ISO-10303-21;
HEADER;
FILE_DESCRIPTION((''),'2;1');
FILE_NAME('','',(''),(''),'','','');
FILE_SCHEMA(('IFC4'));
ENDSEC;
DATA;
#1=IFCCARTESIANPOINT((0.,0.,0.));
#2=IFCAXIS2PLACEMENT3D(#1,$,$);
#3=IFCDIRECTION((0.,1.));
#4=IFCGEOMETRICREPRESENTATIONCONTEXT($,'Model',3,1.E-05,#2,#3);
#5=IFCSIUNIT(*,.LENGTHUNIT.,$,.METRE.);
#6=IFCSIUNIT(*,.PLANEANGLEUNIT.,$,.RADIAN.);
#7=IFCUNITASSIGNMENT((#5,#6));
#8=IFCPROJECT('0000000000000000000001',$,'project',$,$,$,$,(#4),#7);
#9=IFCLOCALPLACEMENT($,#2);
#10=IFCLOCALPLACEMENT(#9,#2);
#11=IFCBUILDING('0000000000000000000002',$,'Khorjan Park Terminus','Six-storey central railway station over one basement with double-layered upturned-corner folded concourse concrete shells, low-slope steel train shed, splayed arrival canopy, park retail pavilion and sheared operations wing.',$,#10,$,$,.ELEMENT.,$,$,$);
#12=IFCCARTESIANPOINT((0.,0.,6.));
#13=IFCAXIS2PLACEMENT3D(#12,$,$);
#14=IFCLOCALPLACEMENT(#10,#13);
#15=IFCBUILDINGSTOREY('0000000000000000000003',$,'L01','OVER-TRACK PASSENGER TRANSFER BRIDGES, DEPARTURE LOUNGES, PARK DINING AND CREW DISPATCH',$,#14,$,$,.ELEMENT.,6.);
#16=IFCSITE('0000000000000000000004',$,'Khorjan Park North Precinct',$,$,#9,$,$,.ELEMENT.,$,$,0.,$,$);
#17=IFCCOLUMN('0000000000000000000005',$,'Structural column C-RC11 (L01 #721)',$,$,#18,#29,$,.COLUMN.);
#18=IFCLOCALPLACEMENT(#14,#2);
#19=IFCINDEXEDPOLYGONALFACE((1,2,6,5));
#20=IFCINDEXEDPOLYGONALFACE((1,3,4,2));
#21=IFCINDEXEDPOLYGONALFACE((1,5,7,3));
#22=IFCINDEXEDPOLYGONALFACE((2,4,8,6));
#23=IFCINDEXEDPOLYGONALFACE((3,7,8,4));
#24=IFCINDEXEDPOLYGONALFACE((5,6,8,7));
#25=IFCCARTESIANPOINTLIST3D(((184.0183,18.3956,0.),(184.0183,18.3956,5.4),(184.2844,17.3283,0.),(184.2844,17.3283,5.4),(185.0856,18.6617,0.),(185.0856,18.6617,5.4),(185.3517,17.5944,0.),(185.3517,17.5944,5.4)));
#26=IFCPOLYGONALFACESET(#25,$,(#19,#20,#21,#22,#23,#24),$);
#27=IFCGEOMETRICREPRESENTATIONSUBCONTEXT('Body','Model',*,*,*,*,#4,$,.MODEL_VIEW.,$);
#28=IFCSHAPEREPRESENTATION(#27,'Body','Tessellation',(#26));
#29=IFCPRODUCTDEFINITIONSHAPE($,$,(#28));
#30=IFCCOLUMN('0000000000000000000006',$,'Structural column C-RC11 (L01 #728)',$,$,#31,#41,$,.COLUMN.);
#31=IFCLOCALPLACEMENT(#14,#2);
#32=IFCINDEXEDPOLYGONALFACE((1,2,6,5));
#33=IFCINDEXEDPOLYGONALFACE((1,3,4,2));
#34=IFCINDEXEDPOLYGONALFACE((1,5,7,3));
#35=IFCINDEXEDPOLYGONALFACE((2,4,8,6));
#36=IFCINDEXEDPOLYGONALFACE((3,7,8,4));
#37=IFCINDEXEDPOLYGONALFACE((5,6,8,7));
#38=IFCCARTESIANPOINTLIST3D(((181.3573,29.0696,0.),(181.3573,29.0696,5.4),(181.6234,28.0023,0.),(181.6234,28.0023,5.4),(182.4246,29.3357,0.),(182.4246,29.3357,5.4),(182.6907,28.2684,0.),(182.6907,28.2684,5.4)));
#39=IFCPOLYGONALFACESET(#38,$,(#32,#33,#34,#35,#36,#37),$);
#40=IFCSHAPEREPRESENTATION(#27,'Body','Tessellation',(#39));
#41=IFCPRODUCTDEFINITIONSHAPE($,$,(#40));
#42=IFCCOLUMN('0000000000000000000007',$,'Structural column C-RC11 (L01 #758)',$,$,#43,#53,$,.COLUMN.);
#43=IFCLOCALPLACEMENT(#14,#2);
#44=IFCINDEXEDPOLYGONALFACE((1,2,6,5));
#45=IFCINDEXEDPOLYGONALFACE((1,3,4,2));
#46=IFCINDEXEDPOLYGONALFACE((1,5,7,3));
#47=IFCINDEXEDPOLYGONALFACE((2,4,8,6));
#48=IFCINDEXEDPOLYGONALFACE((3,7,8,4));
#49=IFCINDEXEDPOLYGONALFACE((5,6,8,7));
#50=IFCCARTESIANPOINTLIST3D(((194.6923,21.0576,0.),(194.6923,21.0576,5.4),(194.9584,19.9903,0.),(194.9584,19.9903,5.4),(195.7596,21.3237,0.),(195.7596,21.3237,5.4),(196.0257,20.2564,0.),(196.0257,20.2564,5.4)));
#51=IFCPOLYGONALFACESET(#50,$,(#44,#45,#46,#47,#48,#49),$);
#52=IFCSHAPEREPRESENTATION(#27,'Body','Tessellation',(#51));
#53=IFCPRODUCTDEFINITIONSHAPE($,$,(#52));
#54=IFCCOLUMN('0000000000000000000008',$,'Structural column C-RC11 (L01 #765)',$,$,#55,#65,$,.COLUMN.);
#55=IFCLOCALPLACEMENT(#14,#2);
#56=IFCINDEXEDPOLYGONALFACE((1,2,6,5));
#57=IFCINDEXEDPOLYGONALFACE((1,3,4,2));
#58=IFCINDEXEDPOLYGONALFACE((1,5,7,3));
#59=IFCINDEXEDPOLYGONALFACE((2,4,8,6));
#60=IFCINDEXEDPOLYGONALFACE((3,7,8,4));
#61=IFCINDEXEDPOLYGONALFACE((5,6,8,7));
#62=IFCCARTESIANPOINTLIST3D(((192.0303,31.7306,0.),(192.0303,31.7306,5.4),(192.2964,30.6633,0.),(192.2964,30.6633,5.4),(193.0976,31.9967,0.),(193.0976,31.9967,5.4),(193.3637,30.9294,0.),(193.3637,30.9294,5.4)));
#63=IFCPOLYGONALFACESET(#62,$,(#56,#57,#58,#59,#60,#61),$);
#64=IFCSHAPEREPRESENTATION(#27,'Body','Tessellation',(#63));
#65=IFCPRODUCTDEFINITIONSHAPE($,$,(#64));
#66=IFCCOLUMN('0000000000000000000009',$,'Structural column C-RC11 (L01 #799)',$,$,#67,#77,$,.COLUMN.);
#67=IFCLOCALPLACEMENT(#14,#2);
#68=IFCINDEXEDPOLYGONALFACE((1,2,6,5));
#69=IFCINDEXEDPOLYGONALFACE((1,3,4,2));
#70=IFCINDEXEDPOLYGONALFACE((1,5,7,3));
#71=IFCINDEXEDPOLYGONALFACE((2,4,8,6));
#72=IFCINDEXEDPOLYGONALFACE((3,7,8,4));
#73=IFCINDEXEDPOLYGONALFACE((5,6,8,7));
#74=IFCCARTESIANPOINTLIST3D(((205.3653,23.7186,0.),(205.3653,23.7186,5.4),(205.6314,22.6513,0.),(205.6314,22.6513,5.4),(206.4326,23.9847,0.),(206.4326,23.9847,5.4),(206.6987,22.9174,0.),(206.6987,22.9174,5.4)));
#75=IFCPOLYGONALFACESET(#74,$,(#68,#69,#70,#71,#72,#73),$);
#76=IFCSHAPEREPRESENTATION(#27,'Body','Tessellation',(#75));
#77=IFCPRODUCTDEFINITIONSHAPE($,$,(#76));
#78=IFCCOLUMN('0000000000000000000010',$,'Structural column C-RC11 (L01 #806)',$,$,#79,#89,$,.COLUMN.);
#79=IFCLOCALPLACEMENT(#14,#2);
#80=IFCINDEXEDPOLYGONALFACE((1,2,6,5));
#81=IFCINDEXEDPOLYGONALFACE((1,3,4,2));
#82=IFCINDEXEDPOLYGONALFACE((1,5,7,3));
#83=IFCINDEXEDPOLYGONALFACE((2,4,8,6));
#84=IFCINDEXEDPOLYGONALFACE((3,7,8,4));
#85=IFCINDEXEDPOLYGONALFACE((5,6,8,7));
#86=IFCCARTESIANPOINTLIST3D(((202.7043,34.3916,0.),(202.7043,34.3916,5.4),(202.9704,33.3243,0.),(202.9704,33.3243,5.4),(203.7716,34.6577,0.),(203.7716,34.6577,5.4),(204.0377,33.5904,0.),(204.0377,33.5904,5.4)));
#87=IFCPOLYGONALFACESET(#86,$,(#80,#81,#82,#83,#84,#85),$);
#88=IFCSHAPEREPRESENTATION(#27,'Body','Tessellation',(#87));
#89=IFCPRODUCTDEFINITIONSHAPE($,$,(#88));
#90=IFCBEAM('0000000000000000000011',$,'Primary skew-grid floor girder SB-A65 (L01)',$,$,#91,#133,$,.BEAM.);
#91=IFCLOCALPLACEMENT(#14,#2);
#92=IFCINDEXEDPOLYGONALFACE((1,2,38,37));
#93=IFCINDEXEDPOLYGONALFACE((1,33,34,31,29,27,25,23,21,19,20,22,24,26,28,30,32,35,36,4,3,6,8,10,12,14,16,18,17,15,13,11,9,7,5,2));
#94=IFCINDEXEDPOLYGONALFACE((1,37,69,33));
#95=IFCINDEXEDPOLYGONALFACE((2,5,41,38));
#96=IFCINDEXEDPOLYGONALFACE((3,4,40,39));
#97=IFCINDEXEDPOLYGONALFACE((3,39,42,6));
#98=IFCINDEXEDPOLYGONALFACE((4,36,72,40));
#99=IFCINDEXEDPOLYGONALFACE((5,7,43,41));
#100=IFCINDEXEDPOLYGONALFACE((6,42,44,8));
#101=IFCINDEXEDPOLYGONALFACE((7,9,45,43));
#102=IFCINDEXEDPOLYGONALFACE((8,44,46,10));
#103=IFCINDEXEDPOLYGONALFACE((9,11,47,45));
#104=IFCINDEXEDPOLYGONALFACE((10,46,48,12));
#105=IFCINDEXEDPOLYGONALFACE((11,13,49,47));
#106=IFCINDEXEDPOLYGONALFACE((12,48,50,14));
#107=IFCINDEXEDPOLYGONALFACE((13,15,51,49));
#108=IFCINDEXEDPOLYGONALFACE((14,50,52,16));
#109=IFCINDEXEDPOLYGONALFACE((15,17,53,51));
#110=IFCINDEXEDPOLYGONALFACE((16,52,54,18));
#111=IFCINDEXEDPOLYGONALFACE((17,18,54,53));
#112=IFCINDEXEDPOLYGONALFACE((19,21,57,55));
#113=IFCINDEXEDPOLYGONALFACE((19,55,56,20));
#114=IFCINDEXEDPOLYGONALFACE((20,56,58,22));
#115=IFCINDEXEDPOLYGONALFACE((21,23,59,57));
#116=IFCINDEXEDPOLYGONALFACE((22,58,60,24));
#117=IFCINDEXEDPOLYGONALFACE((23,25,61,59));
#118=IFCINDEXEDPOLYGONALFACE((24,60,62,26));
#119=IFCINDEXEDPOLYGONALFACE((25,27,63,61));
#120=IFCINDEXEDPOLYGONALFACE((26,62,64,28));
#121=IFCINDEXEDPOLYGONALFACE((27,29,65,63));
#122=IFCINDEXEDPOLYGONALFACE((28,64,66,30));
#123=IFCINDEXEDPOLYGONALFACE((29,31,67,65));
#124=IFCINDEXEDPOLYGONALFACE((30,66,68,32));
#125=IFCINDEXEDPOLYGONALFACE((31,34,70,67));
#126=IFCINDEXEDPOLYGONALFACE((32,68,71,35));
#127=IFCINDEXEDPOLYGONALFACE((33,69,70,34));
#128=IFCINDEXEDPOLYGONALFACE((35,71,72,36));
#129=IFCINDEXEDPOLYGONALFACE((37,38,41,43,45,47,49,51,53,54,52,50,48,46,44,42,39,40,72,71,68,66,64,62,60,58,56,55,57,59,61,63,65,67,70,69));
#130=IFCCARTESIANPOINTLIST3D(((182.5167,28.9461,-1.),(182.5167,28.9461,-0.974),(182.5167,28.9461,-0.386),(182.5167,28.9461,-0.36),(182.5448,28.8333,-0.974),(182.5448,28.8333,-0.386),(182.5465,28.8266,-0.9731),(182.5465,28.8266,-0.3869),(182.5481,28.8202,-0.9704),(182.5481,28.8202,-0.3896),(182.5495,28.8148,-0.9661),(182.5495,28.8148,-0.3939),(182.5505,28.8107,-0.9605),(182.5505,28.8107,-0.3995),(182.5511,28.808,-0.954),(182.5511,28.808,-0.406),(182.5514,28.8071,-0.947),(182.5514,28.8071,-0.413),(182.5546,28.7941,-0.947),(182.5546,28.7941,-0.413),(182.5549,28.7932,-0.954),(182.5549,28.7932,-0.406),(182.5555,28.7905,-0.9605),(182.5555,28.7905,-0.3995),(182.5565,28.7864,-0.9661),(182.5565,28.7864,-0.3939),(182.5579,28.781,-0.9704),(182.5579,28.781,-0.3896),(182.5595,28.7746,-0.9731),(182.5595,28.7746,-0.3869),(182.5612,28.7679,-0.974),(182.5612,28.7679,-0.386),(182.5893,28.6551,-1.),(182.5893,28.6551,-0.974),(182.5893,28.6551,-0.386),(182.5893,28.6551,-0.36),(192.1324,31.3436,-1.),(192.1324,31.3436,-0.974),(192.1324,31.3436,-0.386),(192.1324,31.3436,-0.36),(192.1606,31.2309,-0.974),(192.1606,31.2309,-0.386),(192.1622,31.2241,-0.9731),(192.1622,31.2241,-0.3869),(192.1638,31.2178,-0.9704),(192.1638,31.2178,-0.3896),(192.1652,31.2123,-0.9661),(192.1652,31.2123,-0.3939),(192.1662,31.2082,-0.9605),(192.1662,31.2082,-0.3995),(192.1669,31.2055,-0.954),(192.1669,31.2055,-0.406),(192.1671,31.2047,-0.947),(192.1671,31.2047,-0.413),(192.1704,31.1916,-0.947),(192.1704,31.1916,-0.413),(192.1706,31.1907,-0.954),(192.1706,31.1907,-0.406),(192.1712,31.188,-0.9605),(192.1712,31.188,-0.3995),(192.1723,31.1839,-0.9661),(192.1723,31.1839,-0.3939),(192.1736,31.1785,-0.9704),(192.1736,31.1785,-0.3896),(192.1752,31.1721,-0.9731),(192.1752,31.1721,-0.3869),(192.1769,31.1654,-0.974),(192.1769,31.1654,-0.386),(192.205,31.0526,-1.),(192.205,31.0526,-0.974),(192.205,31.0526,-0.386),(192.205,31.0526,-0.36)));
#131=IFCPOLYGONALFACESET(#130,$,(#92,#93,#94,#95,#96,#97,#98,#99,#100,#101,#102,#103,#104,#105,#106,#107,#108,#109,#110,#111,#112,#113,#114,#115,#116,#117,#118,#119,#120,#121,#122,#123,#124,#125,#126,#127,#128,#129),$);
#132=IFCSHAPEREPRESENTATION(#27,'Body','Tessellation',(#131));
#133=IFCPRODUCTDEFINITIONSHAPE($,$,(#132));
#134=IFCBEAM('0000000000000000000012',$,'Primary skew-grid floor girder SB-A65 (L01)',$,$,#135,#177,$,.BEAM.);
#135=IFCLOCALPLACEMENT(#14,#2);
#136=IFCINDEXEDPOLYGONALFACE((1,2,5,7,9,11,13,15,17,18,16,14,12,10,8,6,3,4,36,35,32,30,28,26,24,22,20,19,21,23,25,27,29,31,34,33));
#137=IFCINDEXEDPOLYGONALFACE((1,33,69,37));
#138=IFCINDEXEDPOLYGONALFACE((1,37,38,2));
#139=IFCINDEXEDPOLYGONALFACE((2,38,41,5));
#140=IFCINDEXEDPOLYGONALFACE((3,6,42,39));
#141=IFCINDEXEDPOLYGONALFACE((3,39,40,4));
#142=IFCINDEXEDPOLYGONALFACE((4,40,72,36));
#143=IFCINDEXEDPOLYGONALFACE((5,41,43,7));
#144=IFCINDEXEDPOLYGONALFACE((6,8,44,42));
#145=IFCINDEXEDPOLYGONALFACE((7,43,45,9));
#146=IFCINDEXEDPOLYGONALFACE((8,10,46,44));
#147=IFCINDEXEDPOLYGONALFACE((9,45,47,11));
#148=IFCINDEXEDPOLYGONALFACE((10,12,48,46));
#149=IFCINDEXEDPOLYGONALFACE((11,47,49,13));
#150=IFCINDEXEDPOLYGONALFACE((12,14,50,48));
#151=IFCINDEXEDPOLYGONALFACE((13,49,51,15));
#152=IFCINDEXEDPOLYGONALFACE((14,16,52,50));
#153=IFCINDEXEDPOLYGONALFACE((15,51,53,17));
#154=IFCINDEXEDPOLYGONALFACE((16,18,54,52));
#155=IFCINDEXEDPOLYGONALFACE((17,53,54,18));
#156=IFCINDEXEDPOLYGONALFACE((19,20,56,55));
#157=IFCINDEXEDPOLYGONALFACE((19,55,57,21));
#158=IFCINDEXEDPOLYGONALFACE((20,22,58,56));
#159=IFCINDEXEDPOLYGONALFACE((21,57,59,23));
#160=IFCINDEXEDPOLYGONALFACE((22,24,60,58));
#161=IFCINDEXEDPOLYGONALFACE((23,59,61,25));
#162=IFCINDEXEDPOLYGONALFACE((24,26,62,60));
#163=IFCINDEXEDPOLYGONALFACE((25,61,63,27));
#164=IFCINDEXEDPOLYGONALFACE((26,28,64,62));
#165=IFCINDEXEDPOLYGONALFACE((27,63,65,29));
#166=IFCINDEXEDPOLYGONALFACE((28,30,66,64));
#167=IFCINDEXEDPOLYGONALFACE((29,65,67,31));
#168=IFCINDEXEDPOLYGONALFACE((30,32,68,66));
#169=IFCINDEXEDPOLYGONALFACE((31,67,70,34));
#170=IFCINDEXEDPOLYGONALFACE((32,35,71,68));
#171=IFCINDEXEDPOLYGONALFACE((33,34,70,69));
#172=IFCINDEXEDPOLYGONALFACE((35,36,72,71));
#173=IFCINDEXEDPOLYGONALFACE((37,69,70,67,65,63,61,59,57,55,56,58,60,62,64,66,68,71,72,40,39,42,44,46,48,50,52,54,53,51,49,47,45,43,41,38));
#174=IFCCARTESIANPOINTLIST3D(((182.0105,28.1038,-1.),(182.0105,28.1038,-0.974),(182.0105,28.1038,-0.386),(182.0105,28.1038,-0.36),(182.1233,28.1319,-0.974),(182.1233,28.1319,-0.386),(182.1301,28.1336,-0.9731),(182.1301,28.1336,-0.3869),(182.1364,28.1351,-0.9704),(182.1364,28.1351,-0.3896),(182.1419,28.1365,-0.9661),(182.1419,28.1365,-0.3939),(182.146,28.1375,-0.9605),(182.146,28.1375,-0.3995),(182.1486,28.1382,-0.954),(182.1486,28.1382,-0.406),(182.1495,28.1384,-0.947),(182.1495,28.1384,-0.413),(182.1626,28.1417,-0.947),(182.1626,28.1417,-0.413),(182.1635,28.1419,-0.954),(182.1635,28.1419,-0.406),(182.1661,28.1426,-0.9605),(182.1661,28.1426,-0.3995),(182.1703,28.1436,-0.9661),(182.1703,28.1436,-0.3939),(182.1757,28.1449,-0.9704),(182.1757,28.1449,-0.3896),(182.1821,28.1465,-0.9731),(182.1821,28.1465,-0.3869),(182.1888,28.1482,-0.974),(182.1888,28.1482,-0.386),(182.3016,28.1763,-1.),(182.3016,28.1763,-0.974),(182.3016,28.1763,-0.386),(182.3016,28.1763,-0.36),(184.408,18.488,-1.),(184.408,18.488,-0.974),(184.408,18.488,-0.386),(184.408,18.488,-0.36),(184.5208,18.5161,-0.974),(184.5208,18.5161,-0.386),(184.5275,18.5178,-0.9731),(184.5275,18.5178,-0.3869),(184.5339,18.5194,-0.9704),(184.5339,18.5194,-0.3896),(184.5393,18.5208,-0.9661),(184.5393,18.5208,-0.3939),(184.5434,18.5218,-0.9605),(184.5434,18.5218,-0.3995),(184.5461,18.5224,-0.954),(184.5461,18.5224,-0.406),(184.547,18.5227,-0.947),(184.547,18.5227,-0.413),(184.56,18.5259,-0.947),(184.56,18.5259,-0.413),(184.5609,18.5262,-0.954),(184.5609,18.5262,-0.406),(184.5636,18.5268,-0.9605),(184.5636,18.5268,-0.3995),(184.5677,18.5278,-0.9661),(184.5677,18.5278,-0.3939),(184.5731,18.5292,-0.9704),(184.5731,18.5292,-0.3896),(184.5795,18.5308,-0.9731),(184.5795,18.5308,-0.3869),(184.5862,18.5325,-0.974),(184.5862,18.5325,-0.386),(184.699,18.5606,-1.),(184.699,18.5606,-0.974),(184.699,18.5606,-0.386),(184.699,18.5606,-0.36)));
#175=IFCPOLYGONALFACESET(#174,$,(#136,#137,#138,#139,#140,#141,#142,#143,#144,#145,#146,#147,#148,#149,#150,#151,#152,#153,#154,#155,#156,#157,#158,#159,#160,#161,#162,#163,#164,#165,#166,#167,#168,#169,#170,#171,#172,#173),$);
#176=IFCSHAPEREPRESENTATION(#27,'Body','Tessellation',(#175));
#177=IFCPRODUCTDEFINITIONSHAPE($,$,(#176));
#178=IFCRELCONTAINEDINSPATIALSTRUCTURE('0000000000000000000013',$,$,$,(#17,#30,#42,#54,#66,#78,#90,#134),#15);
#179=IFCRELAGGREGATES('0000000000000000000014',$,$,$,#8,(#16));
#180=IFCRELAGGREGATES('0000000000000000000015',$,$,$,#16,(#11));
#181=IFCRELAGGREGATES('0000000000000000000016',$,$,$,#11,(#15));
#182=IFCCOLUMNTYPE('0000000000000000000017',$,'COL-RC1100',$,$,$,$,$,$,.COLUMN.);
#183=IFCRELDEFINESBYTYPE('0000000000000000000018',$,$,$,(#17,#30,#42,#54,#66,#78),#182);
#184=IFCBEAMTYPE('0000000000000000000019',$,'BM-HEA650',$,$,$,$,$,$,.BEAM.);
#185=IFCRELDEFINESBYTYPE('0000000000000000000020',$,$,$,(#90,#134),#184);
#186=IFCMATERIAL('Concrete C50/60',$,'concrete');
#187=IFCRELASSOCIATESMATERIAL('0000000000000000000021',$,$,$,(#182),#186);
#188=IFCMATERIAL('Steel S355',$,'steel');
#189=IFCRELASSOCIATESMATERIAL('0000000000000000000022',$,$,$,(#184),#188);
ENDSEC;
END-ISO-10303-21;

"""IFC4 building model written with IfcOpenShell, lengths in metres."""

from ifc_helpers import new_model, si_unit, direction, frame, origin, origin_2d, place, context, subcontext, project, spatial, rectangle, i_section, extrude, material, material_profile, profile_set, type_object, element, save


model = new_model("IFC4")

# Units and contexts
model_context = context("Model", 3, precision=1e-05, world=origin(), true_north=direction((0.0, 1.0)))
body_context = subcontext(model_context, "Body", "Model", "MODEL_VIEW")
ifc_project = project(units=[si_unit("LENGTHUNIT", "METRE"), si_unit("PLANEANGLEUNIT", "RADIAN")], contexts=[model_context])

# Site, building, storey
site_placement = place(None, origin())
site = spatial("IfcSite", under=ifc_project, at=site_placement, Name="Khorjan Park North Precinct", CompositionType="ELEMENT", RefElevation=0.0)
building_placement = place(site_placement, origin())
building = spatial("IfcBuilding", under=site, at=building_placement, Name="Khorjan Park Terminus", Description="Six-storey central railway station over one basement with double-layered upturned-corner folded concourse concrete shells, low-slope steel train shed, splayed arrival canopy, park retail pavilion and sheared operations wing.", CompositionType="ELEMENT")
storey_placement = place(building_placement, frame((0.0, 0.0, 6.0)))
storey = spatial("IfcBuildingStorey", under=building, at=storey_placement, Name="L01", Description="OVER-TRACK PASSENGER TRANSFER BRIDGES, DEPARTURE LOUNGES, PARK DINING AND CREW DISPATCH", CompositionType="ELEMENT", Elevation=6.0)

# Columns
ifc_material_1 = material(Name="Concrete C50/60", Category="concrete")
ifc_material_profile_1 = material_profile(ifc_material_1, rectangle(XDim=1.1, YDim=1.1, at=origin_2d()), Name="RC 1100x1100")
ifc_profile_set_1 = profile_set([ifc_material_profile_1], Name="Concrete C50/60")
column_type = type_object("IfcColumnType", Name="COL-RC1100", PredefinedType="COLUMN", material=ifc_profile_set_1)
for number, where, z_axis, x_axis, name in (
    (1, (184.685, 17.995, 0.0), (0.0, 0.0, 1.0), (0.970296, 0.241922, 0.0), "Structural column C-RC11 (L01 #721)"),
    (2, (182.024, 28.669, 0.0), (0.0, 0.0, 1.0), (0.970296, 0.241922, 0.0), "Structural column C-RC11 (L01 #728)"),
    (3, (195.359, 20.657, 0.0), (0.0, 0.0, 1.0), (0.970296, 0.241922, 0.0), "Structural column C-RC11 (L01 #758)"),
    (4, (192.697, 31.33, 0.0), (0.0, 0.0, 1.0), (0.970296, 0.241922, 0.0), "Structural column C-RC11 (L01 #765)"),
    (5, (206.032, 23.318, 0.0), (0.0, 0.0, 1.0), (0.970296, 0.241922, 0.0), "Structural column C-RC11 (L01 #799)"),
    (6, (203.371, 33.991, 0.0), (0.0, 0.0, 1.0), (0.970296, 0.241922, 0.0), "Structural column C-RC11 (L01 #806)"),
):
    element("IfcColumn", number, at=place(storey_placement, frame(where, z_axis=z_axis, x_axis=x_axis)), inside=storey, type_object=column_type, Name=name, PredefinedType="COLUMN", context=body_context, shape_type="SweptSolid", body=[
        extrude(rectangle(XDim=1.1, YDim=1.1, at=origin_2d()), origin(), (0.0, 0.0, 1.0), 5.4),
    ])

# Beams
ifc_material_2 = material(Name="Steel S355", Category="steel")
ifc_material_profile_2 = material_profile(ifc_material_2, i_section(OverallWidth=0.3, OverallDepth=0.64, WebThickness=0.0135, FlangeThickness=0.026, FilletRadius=0.027, at=origin_2d()), Name="HEA 650")
ifc_profile_set_2 = profile_set([ifc_material_profile_2], Name="Steel S355")
beam_type_1 = type_object("IfcBeamType", Name="BM-HEA650", PredefinedType="BEAM", material=ifc_profile_set_2)
for number, where, z_axis, x_axis, name in (
    (7, (182.553, 28.8006, -0.68), (0.970295, 0.241925, 0.0), (-0.241925, 0.970295, 0.0), "Primary skew-grid floor girder SB-A65 (L01)"),
    (8, (184.5535, 18.5243, -0.68), (-0.241916, 0.970297, 0.0), (-0.970297, -0.241916, 0.0), "Primary skew-grid floor girder SB-A65 (L01)"),
):
    element("IfcBeam", number, at=place(storey_placement, frame(where, z_axis=z_axis, x_axis=x_axis)), inside=storey, type_object=beam_type_1, Name=name, PredefinedType="BEAM", context=body_context, shape_type="SweptSolid", body=[
        extrude(i_section(OverallWidth=0.3, OverallDepth=0.64, WebThickness=0.0135, FlangeThickness=0.026, FilletRadius=0.027, at=origin_2d()), origin(), (0.0, 0.0, 1.0), 9.9101),
    ])

save(model, "model.ifc")
